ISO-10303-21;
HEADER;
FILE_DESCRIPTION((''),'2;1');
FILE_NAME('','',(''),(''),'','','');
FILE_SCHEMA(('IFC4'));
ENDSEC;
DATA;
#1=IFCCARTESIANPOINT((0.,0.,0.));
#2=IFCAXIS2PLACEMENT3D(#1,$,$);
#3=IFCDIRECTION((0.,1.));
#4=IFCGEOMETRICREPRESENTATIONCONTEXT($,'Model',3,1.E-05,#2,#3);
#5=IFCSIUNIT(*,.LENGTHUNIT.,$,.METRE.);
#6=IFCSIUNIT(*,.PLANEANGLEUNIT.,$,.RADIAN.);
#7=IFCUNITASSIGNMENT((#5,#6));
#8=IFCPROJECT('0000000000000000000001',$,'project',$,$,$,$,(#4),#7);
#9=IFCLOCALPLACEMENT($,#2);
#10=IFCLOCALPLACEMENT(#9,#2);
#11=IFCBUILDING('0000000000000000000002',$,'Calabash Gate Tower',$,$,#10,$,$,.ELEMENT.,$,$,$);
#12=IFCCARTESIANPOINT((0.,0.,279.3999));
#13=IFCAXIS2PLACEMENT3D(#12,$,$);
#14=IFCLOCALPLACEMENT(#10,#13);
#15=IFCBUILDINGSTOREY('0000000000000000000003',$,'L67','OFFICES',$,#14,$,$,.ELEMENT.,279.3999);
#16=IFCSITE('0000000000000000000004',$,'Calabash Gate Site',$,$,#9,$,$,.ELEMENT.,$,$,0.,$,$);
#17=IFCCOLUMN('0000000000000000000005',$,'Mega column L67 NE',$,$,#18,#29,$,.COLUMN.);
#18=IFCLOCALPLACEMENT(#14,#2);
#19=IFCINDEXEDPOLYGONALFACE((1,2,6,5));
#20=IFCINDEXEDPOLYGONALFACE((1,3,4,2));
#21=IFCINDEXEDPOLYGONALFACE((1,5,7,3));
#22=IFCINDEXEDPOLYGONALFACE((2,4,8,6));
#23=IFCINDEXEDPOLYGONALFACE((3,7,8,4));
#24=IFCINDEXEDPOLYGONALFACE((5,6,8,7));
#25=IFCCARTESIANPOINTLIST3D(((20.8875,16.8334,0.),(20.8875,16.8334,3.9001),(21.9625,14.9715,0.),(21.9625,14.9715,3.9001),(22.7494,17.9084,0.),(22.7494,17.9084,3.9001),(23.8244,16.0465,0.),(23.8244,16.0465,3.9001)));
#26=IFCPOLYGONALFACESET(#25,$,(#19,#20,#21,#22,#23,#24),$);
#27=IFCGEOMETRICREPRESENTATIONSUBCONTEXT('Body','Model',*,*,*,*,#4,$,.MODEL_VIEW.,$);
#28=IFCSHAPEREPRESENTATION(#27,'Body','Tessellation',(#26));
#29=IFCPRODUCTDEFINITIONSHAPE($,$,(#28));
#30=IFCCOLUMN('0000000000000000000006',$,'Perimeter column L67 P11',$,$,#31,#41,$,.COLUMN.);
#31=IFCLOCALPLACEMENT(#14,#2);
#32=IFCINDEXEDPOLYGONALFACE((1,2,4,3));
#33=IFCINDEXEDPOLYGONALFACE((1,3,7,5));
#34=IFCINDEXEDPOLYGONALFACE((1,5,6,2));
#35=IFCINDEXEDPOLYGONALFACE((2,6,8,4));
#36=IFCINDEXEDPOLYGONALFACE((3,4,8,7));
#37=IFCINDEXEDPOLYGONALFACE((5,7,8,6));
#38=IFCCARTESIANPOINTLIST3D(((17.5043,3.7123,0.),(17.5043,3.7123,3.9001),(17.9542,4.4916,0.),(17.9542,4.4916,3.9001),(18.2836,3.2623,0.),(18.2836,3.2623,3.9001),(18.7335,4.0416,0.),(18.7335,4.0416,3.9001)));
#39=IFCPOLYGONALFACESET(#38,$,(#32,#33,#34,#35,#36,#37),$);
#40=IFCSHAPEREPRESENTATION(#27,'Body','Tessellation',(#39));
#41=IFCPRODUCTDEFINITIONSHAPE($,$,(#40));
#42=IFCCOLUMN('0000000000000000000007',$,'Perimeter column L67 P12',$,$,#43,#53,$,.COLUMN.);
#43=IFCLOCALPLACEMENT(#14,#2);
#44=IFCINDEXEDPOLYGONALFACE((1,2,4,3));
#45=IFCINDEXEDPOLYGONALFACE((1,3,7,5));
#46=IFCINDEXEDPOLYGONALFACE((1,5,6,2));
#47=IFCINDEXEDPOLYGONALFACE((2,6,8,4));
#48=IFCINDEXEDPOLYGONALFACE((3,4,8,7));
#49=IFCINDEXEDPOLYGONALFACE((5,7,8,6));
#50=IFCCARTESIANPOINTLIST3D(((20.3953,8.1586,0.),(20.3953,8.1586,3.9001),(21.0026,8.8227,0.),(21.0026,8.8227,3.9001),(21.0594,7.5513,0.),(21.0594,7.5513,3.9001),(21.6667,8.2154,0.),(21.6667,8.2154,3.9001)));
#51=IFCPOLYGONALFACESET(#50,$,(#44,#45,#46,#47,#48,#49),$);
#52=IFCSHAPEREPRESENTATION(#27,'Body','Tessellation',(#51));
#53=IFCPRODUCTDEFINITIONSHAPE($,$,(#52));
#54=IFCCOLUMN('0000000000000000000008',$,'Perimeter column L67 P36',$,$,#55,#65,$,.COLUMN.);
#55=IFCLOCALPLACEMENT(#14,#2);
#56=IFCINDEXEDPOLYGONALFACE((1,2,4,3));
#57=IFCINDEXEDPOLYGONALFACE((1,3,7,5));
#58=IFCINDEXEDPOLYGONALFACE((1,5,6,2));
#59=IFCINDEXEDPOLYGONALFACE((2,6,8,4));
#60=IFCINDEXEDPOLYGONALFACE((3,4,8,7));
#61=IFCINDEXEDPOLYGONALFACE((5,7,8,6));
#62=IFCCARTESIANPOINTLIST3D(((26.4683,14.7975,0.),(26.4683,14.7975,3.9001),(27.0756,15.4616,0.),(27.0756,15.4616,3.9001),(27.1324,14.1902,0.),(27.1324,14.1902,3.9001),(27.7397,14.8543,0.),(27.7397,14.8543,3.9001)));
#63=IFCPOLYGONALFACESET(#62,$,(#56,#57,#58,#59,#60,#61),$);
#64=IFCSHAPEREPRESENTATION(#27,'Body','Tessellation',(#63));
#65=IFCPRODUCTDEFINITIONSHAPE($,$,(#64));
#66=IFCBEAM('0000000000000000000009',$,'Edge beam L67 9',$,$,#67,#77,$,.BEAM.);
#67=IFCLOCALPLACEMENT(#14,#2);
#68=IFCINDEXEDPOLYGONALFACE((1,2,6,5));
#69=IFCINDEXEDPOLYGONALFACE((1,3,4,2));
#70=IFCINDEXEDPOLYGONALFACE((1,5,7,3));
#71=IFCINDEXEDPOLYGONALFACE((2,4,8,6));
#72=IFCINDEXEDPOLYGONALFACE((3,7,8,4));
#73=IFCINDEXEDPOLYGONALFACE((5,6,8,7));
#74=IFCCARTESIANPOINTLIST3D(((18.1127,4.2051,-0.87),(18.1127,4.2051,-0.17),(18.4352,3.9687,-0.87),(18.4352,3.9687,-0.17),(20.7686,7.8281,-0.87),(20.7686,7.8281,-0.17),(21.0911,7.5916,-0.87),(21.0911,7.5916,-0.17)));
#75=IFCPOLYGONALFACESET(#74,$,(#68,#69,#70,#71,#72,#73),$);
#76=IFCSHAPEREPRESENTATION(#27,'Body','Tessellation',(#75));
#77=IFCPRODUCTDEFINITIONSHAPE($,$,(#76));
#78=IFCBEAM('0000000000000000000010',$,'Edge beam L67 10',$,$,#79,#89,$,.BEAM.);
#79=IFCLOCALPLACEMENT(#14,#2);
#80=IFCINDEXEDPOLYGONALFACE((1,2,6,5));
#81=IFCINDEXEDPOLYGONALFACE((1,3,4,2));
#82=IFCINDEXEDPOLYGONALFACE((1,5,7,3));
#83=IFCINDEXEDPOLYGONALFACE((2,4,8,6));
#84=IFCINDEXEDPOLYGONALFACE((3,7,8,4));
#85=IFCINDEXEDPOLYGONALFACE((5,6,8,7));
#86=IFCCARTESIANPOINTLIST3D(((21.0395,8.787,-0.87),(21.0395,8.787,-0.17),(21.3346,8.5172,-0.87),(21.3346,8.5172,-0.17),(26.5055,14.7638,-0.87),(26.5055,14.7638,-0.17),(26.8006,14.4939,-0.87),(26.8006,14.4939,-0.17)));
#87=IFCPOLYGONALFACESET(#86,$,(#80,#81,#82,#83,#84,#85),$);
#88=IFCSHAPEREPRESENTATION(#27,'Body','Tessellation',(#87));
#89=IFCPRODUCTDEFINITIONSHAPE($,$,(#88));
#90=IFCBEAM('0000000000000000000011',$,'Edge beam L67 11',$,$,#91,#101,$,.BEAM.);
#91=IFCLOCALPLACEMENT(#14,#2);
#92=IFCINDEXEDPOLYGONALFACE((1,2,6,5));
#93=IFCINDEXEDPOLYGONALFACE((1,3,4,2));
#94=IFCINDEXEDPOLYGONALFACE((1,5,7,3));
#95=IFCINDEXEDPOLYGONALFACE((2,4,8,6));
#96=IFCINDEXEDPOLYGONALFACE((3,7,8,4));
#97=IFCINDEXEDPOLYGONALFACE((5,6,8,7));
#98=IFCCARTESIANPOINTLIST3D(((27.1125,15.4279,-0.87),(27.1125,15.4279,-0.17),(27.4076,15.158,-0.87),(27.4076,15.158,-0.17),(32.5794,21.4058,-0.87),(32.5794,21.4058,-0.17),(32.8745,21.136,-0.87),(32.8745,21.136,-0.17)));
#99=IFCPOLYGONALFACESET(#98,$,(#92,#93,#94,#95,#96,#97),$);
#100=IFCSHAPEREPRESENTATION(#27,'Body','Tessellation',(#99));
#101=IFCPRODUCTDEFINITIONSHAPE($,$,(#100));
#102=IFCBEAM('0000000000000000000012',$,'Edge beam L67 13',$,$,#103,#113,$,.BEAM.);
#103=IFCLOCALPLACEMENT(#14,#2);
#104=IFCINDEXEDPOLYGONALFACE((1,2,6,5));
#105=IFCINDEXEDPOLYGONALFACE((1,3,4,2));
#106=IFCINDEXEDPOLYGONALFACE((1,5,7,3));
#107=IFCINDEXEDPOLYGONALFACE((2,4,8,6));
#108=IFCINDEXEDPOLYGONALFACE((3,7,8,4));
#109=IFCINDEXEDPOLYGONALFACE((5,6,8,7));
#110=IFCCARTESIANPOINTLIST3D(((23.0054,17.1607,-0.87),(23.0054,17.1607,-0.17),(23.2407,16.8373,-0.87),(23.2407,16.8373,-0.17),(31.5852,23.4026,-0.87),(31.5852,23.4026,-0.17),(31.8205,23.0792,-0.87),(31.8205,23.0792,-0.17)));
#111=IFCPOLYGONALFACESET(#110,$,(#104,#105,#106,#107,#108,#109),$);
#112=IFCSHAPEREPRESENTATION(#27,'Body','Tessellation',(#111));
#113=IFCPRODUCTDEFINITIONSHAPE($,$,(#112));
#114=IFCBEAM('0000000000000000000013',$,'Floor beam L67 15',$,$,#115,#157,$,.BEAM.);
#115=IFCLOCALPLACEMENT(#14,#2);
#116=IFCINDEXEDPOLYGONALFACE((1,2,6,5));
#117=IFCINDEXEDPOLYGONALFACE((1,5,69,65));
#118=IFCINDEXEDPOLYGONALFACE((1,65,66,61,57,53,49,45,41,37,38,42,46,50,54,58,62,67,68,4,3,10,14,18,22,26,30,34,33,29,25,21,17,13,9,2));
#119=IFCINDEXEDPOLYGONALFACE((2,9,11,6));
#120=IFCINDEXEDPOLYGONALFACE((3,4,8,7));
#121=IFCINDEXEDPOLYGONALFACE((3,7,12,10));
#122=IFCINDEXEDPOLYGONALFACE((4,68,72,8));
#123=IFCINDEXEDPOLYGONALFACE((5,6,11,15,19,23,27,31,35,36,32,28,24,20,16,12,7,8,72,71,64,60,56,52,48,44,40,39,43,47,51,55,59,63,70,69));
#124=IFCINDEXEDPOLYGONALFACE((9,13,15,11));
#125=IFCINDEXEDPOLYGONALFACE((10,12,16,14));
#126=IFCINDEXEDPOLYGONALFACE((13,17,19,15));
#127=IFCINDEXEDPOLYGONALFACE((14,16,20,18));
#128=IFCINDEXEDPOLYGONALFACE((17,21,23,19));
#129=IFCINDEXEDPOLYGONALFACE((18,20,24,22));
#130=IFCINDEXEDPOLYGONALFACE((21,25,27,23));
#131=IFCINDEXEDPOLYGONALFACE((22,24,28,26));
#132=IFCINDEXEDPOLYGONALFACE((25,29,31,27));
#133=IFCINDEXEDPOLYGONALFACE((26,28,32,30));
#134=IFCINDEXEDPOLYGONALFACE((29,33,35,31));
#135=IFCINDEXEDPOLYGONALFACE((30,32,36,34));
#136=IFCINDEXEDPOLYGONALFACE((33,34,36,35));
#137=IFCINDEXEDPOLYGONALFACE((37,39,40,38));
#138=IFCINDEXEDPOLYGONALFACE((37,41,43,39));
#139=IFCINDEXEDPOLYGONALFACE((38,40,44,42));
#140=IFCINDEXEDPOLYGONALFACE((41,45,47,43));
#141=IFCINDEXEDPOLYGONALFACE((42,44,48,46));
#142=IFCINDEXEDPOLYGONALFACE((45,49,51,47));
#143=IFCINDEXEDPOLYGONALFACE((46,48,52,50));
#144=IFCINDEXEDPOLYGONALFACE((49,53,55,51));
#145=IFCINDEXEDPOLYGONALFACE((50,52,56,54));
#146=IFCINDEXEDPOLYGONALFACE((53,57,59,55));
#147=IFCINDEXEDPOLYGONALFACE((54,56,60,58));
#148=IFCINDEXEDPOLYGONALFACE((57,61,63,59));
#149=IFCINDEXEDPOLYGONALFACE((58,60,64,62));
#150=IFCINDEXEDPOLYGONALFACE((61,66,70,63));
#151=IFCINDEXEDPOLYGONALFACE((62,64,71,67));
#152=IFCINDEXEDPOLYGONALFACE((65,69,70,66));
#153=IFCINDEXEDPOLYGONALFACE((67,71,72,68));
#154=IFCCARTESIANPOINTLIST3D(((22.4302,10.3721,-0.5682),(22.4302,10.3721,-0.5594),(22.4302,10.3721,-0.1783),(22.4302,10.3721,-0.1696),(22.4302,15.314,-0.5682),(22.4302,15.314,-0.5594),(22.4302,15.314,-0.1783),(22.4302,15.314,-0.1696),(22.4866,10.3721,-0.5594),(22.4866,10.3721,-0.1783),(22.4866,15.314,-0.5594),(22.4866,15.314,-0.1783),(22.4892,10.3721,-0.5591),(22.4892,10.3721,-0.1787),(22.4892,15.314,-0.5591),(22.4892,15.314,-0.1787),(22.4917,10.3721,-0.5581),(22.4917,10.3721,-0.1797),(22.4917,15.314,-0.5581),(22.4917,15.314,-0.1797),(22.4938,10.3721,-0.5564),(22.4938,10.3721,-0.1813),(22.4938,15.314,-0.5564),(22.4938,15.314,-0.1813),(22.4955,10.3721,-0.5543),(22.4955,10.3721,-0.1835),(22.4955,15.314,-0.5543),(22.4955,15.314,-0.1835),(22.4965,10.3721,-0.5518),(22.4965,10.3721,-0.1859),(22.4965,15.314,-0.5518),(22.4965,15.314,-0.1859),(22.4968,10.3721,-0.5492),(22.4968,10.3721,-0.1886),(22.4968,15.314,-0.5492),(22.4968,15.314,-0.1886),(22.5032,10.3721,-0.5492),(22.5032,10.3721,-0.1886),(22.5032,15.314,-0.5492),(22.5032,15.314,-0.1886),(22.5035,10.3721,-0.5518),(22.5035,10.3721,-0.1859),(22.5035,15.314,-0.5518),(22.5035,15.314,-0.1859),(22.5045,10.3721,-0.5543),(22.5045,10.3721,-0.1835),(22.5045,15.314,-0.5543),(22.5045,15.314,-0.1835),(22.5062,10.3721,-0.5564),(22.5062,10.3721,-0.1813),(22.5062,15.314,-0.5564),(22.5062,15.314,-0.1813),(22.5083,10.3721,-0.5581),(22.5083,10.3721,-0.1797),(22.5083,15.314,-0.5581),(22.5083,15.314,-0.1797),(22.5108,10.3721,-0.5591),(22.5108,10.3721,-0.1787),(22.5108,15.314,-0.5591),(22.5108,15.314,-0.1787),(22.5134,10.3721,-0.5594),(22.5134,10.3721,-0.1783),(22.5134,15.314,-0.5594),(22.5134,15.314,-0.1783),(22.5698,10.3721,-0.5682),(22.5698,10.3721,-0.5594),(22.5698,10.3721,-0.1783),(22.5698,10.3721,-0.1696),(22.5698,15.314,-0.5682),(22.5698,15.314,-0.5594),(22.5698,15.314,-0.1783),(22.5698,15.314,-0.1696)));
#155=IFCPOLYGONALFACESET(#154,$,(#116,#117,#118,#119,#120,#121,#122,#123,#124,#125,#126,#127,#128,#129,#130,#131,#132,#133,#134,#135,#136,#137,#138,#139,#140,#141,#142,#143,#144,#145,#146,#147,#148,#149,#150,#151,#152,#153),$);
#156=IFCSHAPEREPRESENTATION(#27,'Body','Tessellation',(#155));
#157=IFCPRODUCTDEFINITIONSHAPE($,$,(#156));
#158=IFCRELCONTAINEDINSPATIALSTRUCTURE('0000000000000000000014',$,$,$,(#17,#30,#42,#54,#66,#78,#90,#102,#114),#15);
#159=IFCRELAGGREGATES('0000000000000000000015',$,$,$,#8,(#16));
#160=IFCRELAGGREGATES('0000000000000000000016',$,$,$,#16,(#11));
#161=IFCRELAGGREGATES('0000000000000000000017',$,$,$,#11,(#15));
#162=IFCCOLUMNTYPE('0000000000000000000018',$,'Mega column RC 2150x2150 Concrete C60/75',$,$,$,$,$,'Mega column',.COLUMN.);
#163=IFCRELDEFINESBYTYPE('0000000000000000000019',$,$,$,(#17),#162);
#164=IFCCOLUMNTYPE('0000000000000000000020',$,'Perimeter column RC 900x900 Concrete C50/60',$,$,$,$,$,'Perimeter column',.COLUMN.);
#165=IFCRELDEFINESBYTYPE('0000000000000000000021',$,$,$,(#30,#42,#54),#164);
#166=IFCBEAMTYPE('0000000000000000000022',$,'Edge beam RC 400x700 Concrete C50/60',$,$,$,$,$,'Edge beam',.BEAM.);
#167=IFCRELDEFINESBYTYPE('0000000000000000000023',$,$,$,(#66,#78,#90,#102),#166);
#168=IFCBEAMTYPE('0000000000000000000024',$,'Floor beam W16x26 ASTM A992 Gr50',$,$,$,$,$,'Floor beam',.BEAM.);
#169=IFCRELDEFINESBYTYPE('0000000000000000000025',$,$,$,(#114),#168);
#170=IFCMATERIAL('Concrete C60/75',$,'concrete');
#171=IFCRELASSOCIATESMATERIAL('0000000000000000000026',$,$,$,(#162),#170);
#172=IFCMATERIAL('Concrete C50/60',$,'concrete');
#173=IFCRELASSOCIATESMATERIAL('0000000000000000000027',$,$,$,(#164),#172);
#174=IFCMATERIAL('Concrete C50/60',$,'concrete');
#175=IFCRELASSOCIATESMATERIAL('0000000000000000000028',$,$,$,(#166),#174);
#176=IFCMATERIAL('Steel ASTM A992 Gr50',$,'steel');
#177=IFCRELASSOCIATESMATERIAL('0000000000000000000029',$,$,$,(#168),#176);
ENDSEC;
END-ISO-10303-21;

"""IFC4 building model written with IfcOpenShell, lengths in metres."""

from ifc_helpers import new_model, si_unit, direction, frame, origin, origin_2d, place, context, subcontext, project, spatial, rectangle, i_section, extrude, material, material_profile, profile_set, type_object, element, save


model = new_model("IFC4")

# Units and contexts
model_context = context("Model", 3, precision=1e-05, world=origin(), true_north=direction((0.0, 1.0)))
body_context = subcontext(model_context, "Body", "Model", "MODEL_VIEW")
ifc_project = project(units=[si_unit("LENGTHUNIT", "METRE"), si_unit("PLANEANGLEUNIT", "RADIAN")], contexts=[model_context])

# Site, building, storey
site_placement = place(None, origin())
site = spatial("IfcSite", under=ifc_project, at=site_placement, Name="Calabash Gate Site", CompositionType="ELEMENT", RefElevation=0.0)
building_placement = place(site_placement, origin())
building = spatial("IfcBuilding", under=site, at=building_placement, Name="Calabash Gate Tower", CompositionType="ELEMENT")
storey_placement = place(building_placement, frame((0.0, 0.0, 279.3999)))
storey = spatial("IfcBuildingStorey", under=building, at=storey_placement, Name="L67", Description="OFFICES", CompositionType="ELEMENT", Elevation=279.3999)

# Columns
ifc_material_1 = material(Name="Concrete C60/75", Category="concrete")
ifc_material_profile_1 = material_profile(ifc_material_1, rectangle(XDim=2.1499, YDim=2.1499, at=origin_2d()))
ifc_profile_set_1 = profile_set([ifc_material_profile_1], Name="Concrete C60/75")
column_type_1 = type_object("IfcColumnType", Name="Mega column RC 2150x2150 Concrete C60/75", ElementType="Mega column", PredefinedType="COLUMN", material=ifc_profile_set_1)
column_placement = place(storey_placement, frame((22.356, 16.4399, 0.0), z_axis=(0.0, 0.0, 1.0), x_axis=(-0.866025, -0.5, 0.0)))
element("IfcColumn", 1, at=column_placement, inside=storey, type_object=column_type_1, Name="Mega column L67 NE", PredefinedType="COLUMN", context=body_context, shape_type="SweptSolid", body=[
    extrude(rectangle(XDim=2.1499, YDim=2.1499, at=origin_2d()), origin(), (0.0, 0.0, 1.0), 3.9001),
])
ifc_material_2 = material(Name="Concrete C50/60", Category="concrete")
ifc_material_profile_2 = material_profile(ifc_material_2, rectangle(XDim=0.8999, YDim=0.8999, at=origin_2d()))
ifc_profile_set_2 = profile_set([ifc_material_profile_2], Name="Concrete C50/60")
column_type_2 = type_object("IfcColumnType", Name="Perimeter column RC 900x900 Concrete C50/60", ElementType="Perimeter column", PredefinedType="COLUMN", material=ifc_profile_set_2)
for number, where, z_axis, x_axis, name in (
    (2, (18.1189, 3.877, 0.0), (0.0, 0.0, 1.0), (0.5, 0.866025, 0.0), "Perimeter column L67 P11"),
    (3, (21.031, 8.187, 0.0), (0.0, 0.0, 1.0), (0.674856, 0.737949, 0.0), "Perimeter column L67 P12"),
    (4, (27.104, 14.8259, 0.0), (0.0, 0.0, 1.0), (0.674856, 0.737949, 0.0), "Perimeter column L67 P36"),
):
    element("IfcColumn", number, at=place(storey_placement, frame(where, z_axis=z_axis, x_axis=x_axis)), inside=storey, type_object=column_type_2, Name=name, PredefinedType="COLUMN", context=body_context, shape_type="SweptSolid", body=[
        extrude(rectangle(XDim=0.8999, YDim=0.8999, at=origin_2d()), origin(), (0.0, 0.0, 1.0), 3.9001),
    ])

# Beams
ifc_material_3 = material(Name="Concrete C50/60", Category="concrete")
ifc_material_profile_3 = material_profile(ifc_material_3, rectangle(XDim=0.3999, YDim=0.7, at=origin_2d()))
ifc_profile_set_3 = profile_set([ifc_material_profile_3], Name="Concrete C50/60")
beam_type_1 = type_object("IfcBeamType", Name="Edge beam RC 400x700 Concrete C50/60", ElementType="Edge beam", PredefinedType="BEAM", material=ifc_profile_set_3)
beam_1_placement = place(storey_placement, frame((18.2739, 4.0869, -0.52), z_axis=(0.591234, 0.8065, 0.0), x_axis=(-0.8065, 0.591234, 0.0)))
element("IfcBeam", 5, at=beam_1_placement, inside=storey, type_object=beam_type_1, Name="Edge beam L67 9", PredefinedType="BEAM", context=body_context, shape_type="SweptSolid", body=[
    extrude(rectangle(XDim=0.3999, YDim=0.7, at=origin_2d()), origin(), (0.0, 0.0, 1.0), 4.4922),
])
beam_2_placement = place(storey_placement, frame((21.187, 8.6521, -0.52), z_axis=(0.674874, 0.737933, 0.0), x_axis=(-0.737933, 0.674874, 0.0)))
element("IfcBeam", 6, at=beam_2_placement, inside=storey, type_object=beam_type_1, Name="Edge beam L67 10", PredefinedType="BEAM", context=body_context, shape_type="SweptSolid", body=[
    extrude(rectangle(XDim=0.3999, YDim=0.7, at=origin_2d()), origin(), (0.0, 0.0, 1.0), 8.0994),
])
beam_3_placement = place(storey_placement, frame((27.26, 15.293, -0.52), z_axis=(0.674864, 0.737942, 0.0), x_axis=(-0.737942, 0.674864, 0.0)))
element("IfcBeam", 7, at=beam_3_placement, inside=storey, type_object=beam_type_1, Name="Edge beam L67 11", PredefinedType="BEAM", context=body_context, shape_type="SweptSolid", body=[
    extrude(rectangle(XDim=0.3999, YDim=0.7, at=origin_2d()), origin(), (0.0, 0.0, 1.0), 8.1008),
])
beam_4_placement = place(storey_placement, frame((23.123, 16.999, -0.52), z_axis=(0.808644, 0.588299, 0.0), x_axis=(-0.588299, 0.808644, 0.0)))
element("IfcBeam", 8, at=beam_4_placement, inside=storey, type_object=beam_type_1, Name="Edge beam L67 13", PredefinedType="BEAM", context=body_context, shape_type="SweptSolid", body=[
    extrude(rectangle(XDim=0.3999, YDim=0.7, at=origin_2d()), origin(), (0.0, 0.0, 1.0), 10.6101),
])
ifc_material_4 = material(Name="Steel ASTM A992 Gr50", Category="steel")
ifc_material_profile_4 = material_profile(ifc_material_4, i_section(OverallWidth=0.1396, OverallDepth=0.3987, WebThickness=0.0063, FlangeThickness=0.0088, FilletRadius=0.0103, at=origin_2d()))
ifc_profile_set_4 = profile_set([ifc_material_profile_4], Name="Steel ASTM A992 Gr50")
beam_type_2 = type_object("IfcBeamType", Name="Floor beam W16x26 ASTM A992 Gr50", ElementType="Floor beam", PredefinedType="BEAM", material=ifc_profile_set_4)
beam_5_placement = place(storey_placement, frame((22.5, 10.3721, -0.3689), z_axis=(0.0, 1.0, 0.0), x_axis=(-1.0, 0.0, 0.0)))
element("IfcBeam", 9, at=beam_5_placement, inside=storey, type_object=beam_type_2, Name="Floor beam L67 15", PredefinedType="BEAM", context=body_context, shape_type="SweptSolid", body=[
    extrude(i_section(OverallWidth=0.1396, OverallDepth=0.3987, WebThickness=0.0063, FlangeThickness=0.0088, FilletRadius=0.0103, at=origin_2d()), origin(), (0.0, 0.0, 1.0), 4.9419),
])

save(model, "model.ifc")
